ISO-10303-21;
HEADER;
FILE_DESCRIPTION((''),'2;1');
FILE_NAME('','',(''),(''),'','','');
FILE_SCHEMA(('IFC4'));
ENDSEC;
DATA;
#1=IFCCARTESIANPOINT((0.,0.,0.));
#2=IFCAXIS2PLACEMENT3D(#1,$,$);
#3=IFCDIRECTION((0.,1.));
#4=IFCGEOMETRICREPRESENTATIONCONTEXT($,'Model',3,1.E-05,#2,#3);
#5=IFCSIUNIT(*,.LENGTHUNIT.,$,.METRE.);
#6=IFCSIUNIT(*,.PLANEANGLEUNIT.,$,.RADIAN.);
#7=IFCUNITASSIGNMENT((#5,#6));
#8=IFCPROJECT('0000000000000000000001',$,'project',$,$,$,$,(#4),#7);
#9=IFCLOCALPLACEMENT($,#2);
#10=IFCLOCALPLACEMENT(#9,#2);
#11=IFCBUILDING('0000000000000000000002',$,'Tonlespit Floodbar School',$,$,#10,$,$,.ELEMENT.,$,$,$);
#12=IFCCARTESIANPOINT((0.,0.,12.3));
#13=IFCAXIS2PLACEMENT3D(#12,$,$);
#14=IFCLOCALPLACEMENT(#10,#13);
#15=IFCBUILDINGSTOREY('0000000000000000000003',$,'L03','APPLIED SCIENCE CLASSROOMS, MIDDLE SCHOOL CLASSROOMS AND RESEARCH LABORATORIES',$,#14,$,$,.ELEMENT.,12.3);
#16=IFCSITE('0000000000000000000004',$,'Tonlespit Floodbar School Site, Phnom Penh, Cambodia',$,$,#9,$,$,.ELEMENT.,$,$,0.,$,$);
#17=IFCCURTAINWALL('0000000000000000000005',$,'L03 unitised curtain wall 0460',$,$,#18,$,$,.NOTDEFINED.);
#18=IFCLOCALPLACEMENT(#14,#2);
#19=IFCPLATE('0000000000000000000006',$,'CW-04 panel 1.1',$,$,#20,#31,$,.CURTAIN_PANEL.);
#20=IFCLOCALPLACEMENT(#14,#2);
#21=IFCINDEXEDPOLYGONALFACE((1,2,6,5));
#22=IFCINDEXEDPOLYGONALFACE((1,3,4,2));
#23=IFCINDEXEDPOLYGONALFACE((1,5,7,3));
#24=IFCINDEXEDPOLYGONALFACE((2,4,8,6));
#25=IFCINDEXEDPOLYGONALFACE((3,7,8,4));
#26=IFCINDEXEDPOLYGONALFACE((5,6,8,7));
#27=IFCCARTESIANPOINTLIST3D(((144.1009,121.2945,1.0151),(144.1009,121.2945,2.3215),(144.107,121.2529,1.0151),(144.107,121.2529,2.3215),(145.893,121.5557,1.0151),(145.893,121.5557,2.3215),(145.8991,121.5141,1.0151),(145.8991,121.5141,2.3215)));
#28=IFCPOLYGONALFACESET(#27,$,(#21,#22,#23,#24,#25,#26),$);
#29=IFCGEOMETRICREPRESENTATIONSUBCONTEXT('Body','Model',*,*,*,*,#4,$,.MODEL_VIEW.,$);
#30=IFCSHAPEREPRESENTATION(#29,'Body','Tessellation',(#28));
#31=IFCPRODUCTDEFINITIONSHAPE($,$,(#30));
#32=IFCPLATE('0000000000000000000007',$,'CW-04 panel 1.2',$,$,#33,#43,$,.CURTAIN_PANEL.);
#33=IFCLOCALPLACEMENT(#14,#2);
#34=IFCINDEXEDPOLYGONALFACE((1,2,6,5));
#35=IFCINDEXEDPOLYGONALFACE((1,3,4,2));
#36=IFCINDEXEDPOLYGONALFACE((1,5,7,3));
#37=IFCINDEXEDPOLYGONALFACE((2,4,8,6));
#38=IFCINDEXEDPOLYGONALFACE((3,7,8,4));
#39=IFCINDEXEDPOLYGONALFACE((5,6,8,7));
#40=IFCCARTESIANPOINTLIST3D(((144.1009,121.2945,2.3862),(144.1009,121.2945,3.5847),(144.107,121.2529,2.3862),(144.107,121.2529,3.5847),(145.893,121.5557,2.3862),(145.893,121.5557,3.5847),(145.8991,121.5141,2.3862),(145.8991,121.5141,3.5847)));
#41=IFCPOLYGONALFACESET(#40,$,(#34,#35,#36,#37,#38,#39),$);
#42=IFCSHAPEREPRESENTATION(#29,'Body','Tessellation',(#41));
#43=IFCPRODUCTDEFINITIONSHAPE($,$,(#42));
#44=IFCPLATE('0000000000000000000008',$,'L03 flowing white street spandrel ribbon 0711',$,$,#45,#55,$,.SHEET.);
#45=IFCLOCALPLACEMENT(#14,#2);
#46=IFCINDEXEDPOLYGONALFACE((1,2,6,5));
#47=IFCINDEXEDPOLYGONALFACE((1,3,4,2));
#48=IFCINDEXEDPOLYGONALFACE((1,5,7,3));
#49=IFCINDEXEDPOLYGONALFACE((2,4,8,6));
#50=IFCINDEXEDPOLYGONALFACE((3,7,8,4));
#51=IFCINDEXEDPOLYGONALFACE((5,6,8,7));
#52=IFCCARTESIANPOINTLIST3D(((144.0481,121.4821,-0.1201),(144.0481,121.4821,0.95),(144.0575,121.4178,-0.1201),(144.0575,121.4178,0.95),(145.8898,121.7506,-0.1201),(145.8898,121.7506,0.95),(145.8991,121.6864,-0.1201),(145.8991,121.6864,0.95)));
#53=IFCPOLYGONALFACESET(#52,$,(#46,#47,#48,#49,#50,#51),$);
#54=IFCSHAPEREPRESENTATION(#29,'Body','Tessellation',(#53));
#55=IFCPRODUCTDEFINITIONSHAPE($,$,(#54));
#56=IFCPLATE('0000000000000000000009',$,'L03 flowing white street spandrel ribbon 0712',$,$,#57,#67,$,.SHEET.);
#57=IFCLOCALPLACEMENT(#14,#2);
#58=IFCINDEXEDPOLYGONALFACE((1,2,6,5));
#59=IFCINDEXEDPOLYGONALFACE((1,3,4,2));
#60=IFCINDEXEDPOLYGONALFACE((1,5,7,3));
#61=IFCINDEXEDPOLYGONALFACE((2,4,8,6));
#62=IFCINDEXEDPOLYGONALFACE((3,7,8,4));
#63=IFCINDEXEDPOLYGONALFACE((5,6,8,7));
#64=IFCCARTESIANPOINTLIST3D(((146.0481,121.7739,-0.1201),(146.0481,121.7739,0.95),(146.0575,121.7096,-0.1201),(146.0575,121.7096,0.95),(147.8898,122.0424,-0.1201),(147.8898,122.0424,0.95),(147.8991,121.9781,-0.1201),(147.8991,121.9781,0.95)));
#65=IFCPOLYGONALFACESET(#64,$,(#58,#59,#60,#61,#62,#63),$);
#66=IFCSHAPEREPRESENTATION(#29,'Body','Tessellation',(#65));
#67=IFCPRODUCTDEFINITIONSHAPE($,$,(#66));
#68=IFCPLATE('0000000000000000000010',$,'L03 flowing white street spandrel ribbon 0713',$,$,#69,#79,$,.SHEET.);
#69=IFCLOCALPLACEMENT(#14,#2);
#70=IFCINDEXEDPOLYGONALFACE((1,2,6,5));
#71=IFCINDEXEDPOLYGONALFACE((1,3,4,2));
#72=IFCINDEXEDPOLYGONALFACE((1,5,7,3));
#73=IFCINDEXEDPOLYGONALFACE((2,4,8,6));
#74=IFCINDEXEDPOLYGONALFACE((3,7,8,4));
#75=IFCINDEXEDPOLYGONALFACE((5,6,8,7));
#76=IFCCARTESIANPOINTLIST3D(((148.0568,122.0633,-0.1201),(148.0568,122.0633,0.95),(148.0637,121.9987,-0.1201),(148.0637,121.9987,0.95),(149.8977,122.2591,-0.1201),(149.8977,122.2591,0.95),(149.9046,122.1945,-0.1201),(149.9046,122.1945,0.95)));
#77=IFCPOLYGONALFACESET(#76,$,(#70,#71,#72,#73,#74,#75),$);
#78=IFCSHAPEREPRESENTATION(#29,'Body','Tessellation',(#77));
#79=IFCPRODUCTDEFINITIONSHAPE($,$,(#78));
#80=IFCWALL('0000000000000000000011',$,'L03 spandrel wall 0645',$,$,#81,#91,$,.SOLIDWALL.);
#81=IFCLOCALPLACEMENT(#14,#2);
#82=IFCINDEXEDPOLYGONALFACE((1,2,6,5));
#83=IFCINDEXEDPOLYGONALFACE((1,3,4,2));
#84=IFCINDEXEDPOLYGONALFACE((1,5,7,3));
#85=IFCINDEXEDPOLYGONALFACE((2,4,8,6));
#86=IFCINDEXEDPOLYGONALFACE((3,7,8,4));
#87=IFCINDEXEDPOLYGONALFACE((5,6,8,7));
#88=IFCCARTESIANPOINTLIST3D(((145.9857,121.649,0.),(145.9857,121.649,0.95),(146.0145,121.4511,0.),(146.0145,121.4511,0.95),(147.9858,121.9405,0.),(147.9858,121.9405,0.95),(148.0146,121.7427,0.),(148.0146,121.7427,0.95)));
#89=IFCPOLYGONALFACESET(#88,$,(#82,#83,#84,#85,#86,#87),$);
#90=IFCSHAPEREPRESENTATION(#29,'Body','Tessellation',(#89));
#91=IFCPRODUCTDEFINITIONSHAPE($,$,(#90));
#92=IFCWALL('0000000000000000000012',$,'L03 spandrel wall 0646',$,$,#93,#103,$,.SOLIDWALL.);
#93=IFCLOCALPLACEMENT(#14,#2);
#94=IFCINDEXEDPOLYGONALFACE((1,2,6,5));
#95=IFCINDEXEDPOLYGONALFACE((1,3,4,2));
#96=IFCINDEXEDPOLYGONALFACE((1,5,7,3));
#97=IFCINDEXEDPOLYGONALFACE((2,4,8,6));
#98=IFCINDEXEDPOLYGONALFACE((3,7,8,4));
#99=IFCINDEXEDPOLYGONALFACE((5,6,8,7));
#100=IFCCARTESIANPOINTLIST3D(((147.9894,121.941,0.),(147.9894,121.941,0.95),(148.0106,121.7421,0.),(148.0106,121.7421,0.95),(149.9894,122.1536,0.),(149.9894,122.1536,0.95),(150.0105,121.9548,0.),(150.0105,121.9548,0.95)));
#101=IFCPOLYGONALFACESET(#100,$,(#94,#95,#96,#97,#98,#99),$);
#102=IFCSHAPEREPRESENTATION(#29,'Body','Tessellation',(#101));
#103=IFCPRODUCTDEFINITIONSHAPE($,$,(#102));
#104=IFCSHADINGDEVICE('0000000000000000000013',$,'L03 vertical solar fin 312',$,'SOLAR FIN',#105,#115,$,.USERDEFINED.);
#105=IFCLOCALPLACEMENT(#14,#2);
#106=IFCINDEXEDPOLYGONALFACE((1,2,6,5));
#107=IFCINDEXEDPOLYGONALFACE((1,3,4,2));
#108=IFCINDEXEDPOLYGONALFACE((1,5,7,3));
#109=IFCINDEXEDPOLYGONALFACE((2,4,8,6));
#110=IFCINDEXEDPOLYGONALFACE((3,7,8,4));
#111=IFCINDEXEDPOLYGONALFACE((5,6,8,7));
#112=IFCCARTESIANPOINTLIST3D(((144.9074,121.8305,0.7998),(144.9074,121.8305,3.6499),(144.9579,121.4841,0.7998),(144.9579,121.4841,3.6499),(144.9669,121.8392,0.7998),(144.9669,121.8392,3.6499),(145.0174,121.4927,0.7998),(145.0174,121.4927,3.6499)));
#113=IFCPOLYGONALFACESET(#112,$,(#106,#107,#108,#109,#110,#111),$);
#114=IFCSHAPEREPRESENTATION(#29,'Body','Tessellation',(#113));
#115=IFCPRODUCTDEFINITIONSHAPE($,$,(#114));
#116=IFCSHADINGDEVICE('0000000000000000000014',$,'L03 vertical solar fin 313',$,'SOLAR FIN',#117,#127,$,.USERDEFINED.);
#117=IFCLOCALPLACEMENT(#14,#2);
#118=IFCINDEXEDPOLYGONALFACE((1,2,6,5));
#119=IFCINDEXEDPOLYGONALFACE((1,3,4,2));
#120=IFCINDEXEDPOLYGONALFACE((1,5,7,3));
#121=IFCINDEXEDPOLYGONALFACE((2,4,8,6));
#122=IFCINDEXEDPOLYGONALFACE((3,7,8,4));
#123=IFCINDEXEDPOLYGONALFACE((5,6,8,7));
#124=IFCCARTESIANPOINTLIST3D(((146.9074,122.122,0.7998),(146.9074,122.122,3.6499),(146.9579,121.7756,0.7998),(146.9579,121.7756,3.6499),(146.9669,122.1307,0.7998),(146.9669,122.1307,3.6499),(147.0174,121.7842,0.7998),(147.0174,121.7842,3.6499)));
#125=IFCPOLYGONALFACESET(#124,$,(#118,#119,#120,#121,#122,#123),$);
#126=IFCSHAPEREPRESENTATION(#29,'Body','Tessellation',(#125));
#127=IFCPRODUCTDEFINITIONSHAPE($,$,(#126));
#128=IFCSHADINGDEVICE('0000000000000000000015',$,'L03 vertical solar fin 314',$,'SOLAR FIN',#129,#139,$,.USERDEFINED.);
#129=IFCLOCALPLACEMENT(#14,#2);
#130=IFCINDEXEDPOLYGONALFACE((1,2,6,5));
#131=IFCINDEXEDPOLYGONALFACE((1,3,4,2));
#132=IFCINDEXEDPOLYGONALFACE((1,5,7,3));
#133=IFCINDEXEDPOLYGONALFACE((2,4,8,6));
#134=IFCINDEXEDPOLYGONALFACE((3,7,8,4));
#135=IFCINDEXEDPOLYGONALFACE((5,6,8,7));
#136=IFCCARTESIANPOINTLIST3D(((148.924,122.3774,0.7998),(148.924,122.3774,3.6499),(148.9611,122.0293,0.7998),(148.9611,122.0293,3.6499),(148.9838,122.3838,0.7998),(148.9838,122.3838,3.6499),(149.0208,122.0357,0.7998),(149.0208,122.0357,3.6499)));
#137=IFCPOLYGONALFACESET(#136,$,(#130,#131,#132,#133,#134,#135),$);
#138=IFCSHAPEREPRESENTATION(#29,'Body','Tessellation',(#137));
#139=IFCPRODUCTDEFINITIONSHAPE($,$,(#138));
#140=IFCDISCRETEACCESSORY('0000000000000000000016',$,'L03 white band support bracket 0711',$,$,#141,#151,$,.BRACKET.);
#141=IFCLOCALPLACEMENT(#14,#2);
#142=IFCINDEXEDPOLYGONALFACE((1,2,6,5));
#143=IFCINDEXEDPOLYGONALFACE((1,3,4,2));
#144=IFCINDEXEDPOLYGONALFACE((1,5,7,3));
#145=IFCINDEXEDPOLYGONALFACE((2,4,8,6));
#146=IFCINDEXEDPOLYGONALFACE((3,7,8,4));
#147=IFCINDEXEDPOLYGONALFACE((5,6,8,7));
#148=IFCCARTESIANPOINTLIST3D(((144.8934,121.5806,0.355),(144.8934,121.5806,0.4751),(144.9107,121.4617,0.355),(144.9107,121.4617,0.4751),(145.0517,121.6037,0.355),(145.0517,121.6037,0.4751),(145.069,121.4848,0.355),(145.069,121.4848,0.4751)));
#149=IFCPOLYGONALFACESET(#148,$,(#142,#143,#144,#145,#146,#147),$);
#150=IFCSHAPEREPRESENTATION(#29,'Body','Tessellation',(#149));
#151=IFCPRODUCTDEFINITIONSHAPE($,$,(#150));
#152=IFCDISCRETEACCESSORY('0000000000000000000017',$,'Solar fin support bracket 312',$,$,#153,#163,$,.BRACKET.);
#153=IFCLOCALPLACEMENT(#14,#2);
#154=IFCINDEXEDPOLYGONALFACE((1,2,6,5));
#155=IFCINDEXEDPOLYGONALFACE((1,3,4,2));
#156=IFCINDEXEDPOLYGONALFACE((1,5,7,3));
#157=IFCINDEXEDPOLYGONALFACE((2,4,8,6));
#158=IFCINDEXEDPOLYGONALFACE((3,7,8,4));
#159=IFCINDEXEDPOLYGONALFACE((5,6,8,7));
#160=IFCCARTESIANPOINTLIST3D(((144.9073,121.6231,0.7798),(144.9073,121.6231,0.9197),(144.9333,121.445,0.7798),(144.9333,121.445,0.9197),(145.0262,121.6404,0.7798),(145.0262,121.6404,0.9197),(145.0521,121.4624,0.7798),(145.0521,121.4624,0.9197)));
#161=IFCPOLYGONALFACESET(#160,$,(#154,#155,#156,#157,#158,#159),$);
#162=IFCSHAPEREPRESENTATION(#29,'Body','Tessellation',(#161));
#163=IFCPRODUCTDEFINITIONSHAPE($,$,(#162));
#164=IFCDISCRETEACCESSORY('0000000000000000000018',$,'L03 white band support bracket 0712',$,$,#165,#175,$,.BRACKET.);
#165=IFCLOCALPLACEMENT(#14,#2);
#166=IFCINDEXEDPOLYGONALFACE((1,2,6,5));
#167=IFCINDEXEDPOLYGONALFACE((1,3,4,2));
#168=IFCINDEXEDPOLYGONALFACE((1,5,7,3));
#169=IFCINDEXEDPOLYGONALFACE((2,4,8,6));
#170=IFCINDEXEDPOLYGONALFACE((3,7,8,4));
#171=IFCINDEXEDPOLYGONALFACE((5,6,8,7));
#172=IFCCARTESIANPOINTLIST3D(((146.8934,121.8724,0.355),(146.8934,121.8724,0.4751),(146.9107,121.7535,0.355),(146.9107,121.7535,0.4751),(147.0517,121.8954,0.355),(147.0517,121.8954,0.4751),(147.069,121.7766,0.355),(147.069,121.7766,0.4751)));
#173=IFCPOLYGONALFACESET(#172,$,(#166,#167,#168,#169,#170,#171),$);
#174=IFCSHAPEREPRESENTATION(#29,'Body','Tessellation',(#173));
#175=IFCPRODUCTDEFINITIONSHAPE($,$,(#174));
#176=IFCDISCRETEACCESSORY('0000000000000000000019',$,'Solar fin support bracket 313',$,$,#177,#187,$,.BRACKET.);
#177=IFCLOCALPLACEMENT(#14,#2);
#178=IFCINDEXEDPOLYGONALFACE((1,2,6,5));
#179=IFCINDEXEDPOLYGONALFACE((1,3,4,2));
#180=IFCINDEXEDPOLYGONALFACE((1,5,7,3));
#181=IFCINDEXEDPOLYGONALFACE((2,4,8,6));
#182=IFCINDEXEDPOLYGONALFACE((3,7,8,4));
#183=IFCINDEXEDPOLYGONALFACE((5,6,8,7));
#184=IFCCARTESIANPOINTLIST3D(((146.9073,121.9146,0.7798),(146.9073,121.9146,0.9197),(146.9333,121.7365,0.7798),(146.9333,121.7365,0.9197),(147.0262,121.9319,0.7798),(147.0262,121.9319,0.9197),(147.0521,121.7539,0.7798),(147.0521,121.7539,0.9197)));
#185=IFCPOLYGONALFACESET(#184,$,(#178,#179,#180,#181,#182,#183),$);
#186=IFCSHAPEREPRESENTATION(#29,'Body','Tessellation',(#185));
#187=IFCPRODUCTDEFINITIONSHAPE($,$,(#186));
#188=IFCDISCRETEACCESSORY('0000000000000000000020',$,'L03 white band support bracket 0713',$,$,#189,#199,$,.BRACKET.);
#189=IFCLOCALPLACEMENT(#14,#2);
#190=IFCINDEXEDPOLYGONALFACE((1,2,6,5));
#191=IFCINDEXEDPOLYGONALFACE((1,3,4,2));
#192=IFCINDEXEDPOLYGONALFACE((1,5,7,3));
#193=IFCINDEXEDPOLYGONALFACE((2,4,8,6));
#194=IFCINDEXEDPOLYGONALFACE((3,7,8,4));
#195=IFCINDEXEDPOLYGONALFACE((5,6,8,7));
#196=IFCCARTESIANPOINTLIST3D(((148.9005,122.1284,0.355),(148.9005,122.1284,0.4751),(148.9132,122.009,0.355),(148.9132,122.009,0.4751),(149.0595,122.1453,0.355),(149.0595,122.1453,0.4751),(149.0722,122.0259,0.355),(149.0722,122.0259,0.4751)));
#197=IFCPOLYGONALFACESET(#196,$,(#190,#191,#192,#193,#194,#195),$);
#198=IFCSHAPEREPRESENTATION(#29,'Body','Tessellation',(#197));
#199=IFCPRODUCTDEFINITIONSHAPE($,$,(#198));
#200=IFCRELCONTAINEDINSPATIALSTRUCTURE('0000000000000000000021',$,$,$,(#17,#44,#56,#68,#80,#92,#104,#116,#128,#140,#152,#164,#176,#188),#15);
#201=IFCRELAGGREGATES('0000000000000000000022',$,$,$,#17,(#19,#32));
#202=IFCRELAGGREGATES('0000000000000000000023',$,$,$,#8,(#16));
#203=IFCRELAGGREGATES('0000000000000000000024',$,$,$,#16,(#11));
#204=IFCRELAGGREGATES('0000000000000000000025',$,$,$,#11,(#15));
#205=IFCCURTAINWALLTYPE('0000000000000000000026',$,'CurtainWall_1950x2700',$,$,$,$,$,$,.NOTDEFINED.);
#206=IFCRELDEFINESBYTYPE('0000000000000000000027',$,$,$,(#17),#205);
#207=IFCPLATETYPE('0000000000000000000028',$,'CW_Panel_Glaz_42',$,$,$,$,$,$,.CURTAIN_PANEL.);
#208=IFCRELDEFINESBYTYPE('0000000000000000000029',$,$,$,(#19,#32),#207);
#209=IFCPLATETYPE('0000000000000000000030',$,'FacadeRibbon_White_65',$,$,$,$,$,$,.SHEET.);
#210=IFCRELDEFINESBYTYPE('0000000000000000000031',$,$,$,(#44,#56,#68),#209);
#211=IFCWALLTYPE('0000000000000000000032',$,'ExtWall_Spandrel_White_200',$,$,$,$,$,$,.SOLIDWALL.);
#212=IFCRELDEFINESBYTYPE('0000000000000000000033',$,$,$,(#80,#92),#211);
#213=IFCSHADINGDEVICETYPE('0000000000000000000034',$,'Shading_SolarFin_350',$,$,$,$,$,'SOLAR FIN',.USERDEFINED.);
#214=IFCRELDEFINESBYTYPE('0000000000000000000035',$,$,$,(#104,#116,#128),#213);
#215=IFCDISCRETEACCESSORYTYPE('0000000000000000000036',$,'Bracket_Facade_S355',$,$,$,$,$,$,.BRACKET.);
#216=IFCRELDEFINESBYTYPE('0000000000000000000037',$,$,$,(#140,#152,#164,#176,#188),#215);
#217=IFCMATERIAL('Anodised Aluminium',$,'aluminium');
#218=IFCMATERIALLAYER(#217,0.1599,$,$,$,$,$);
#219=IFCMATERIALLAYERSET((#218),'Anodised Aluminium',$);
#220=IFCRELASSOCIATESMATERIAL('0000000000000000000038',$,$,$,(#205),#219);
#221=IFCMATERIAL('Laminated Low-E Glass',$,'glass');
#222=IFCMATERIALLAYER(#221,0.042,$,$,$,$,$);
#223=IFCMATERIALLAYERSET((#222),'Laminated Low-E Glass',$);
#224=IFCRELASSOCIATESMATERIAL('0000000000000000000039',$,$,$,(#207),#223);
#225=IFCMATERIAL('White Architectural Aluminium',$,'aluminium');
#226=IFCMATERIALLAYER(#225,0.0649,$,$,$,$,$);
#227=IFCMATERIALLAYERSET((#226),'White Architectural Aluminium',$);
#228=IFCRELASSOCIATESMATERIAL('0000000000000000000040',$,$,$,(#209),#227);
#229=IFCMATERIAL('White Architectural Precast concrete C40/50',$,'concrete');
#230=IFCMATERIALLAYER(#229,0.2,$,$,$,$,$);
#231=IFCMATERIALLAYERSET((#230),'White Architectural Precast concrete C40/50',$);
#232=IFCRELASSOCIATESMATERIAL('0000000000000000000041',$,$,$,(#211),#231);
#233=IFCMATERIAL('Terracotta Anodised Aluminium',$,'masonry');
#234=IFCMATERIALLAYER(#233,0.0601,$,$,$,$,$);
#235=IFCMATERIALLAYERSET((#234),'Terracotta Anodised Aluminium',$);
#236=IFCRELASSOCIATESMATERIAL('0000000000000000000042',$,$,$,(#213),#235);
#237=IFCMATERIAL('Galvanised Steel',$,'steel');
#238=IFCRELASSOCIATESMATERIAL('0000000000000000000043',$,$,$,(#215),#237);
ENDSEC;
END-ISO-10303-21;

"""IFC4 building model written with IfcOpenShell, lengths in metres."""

from ifc_helpers import new_model, si_unit, direction, frame, frame_2d, origin, origin_2d, place, context, subcontext, project, spatial, rectangle, extrude, material, layer, layer_set, type_object, element, aggregate, save


model = new_model("IFC4")

# Units and contexts
model_context = context("Model", 3, precision=1e-05, world=origin(), true_north=direction((0.0, 1.0)))
body_context = subcontext(model_context, "Body", "Model", "MODEL_VIEW")
ifc_project = project(units=[si_unit("LENGTHUNIT", "METRE"), si_unit("PLANEANGLEUNIT", "RADIAN")], contexts=[model_context])

# Site, building, storey
site_placement = place(None, origin())
site = spatial("IfcSite", under=ifc_project, at=site_placement, Name="Tonlespit Floodbar School Site, Phnom Penh, Cambodia", CompositionType="ELEMENT", RefElevation=0.0)
building_placement = place(site_placement, origin())
building = spatial("IfcBuilding", under=site, at=building_placement, Name="Tonlespit Floodbar School", CompositionType="ELEMENT")
storey_placement = place(building_placement, frame((0.0, 0.0, 12.3)))
storey = spatial("IfcBuildingStorey", under=building, at=storey_placement, Name="L03", Description="APPLIED SCIENCE CLASSROOMS, MIDDLE SCHOOL CLASSROOMS AND RESEARCH LABORATORIES", CompositionType="ELEMENT", Elevation=12.3)

# Curtain wall
ifc_material_1 = material(Name="Anodised Aluminium", Category="aluminium")
ifc_layer_1 = layer(ifc_material_1, 0.1599)
ifc_layer_set_1 = layer_set([ifc_layer_1], Name="Anodised Aluminium")
curtain_wall_type = type_object("IfcCurtainWallType", Name="CurtainWall_1950x2700", PredefinedType="NOTDEFINED", material=ifc_layer_set_1)
curtain_wall_1_placement = place(storey_placement, origin())
curtain_wall_1 = element("IfcCurtainWall", 1, at=curtain_wall_1_placement, inside=storey, type_object=curtain_wall_type, Name="L03 unitised curtain wall 0460", PredefinedType="NOTDEFINED")

# Plates
ifc_material_2 = material(Name="Laminated Low-E Glass", Category="glass")
ifc_layer_2 = layer(ifc_material_2, 0.042)
ifc_layer_set_2 = layer_set([ifc_layer_2], Name="Laminated Low-E Glass")
plate_type_1 = type_object("IfcPlateType", Name="CW_Panel_Glaz_42", PredefinedType="CURTAIN_PANEL", material=ifc_layer_set_2)
plate_1_placement = place(storey_placement, frame((145.0, 121.4043, 1.0151), z_axis=(0.0, 0.0, 1.0), x_axis=(0.989542, 0.144248, 0.0)))
plate_1 = element("IfcPlate", 2, at=plate_1_placement, type_object=plate_type_1, Name="CW-04 panel 1.1", PredefinedType="CURTAIN_PANEL", context=body_context, shape_type="SweptSolid", body=[
    extrude(rectangle(XDim=1.811, YDim=0.042, at=origin_2d()), origin(), (0.0, 0.0, 1.0), 1.3064),
])
plate_2_placement = place(storey_placement, frame((145.0, 121.4043, 2.3862), z_axis=(0.0, 0.0, 1.0), x_axis=(0.989542, 0.144248, 0.0)))
plate_2 = element("IfcPlate", 3, at=plate_2_placement, type_object=plate_type_1, Name="CW-04 panel 1.2", PredefinedType="CURTAIN_PANEL", context=body_context, shape_type="SweptSolid", body=[
    extrude(rectangle(XDim=1.811, YDim=0.042, at=origin_2d()), origin(), (0.0, 0.0, 1.0), 1.1985),
])
aggregate(curtain_wall_1, [plate_1, plate_2])

# Plates
ifc_material_3 = material(Name="White Architectural Aluminium", Category="aluminium")
ifc_layer_3 = layer(ifc_material_3, 0.0649)
ifc_layer_set_3 = layer_set([ifc_layer_3], Name="White Architectural Aluminium")
plate_type_2 = type_object("IfcPlateType", Name="FacadeRibbon_White_65", PredefinedType="SHEET", material=ifc_layer_set_3)
for number, where, z_axis, x_axis, name in (
    (4, (144.9736, 121.5842, -0.1201), (0.0, 0.0, 1.0), (0.989538, 0.144275, 0.0), "L03 flowing white street spandrel ribbon 0711"),
    (5, (146.9736, 121.876, -0.1201), (0.0, 0.0, 1.0), (0.989538, 0.144275, 0.0), "L03 flowing white street spandrel ribbon 0712"),
):
    element("IfcPlate", number, at=place(storey_placement, frame(where, z_axis=z_axis, x_axis=x_axis)), inside=storey, type_object=plate_type_2, Name=name, PredefinedType="SHEET", context=body_context, shape_type="SweptSolid", body=[
        extrude(rectangle(XDim=1.8611, YDim=0.0649, at=origin_2d()), origin(), (0.0, 0.0, 1.0), 1.0701),
    ])
plate_3_placement = place(storey_placement, frame((148.9807, 122.1289, -0.1201), z_axis=(0.0, 0.0, 1.0), x_axis=(0.994392, 0.105754, 0.0)))
element("IfcPlate", 6, at=plate_3_placement, inside=storey, type_object=plate_type_2, Name="L03 flowing white street spandrel ribbon 0713", PredefinedType="SHEET", context=body_context, shape_type="SweptSolid", body=[
    extrude(rectangle(XDim=1.8513, YDim=0.0649, at=origin_2d()), origin(), (0.0, 0.0, 1.0), 1.0701),
])

# Walls
ifc_material_4 = material(Name="White Architectural Precast concrete C40/50", Category="concrete")
ifc_layer_4 = layer(ifc_material_4, 0.2)
ifc_layer_set_4 = layer_set([ifc_layer_4], Name="White Architectural Precast concrete C40/50")
wall_type = type_object("IfcWallType", Name="ExtWall_Spandrel_White_200", PredefinedType="SOLIDWALL", material=ifc_layer_set_4)
wall_1_placement = place(storey_placement, frame((146.0, 121.55, 0.0), z_axis=(0.0, 0.0, 1.0), x_axis=(0.989544, 0.144228, 0.0)))
element("IfcWall", 7, at=wall_1_placement, inside=storey, type_object=wall_type, Name="L03 spandrel wall 0645", PredefinedType="SOLIDWALL", context=body_context, shape_type="SweptSolid", body=[
    extrude(rectangle(XDim=2.0212, YDim=0.2, at=frame_2d((1.0107, 0.0))), origin(), (0.0, 0.0, 1.0), 0.95),
])
wall_2_placement = place(storey_placement, frame((148.0, 121.8416, 0.0), z_axis=(0.0, 0.0, 1.0), x_axis=(0.994395, 0.105727, 0.0)))
element("IfcWall", 8, at=wall_2_placement, inside=storey, type_object=wall_type, Name="L03 spandrel wall 0646", PredefinedType="SOLIDWALL", context=body_context, shape_type="SweptSolid", body=[
    extrude(rectangle(XDim=2.0112, YDim=0.2, at=frame_2d((1.0056, 0.0))), origin(), (0.0, 0.0, 1.0), 0.95),
])

# Shading devices
ifc_material_5 = material(Name="Terracotta Anodised Aluminium", Category="masonry")
ifc_layer_5 = layer(ifc_material_5, 0.0601)
ifc_layer_set_5 = layer_set([ifc_layer_5], Name="Terracotta Anodised Aluminium")
shading_device_type = type_object("IfcShadingDeviceType", Name="Shading_SolarFin_350", ElementType="SOLAR FIN", PredefinedType="USERDEFINED", material=ifc_layer_set_5)
for number, where, z_axis, x_axis, name in (
    (9, (144.9624, 121.6616, 0.7998), (0.0, 0.0, 1.0), (0.989538, 0.144275, 0.0), "L03 vertical solar fin 312"),
    (10, (146.9624, 121.9531, 0.7998), (0.0, 0.0, 1.0), (0.989538, 0.144275, 0.0), "L03 vertical solar fin 313"),
    (11, (148.9724, 122.2065, 0.7998), (0.0, 0.0, 1.0), (0.994392, 0.105754, 0.0), "L03 vertical solar fin 314"),
):
    element("IfcShadingDevice", number, at=place(storey_placement, frame(where, z_axis=z_axis, x_axis=x_axis)), inside=storey, type_object=shading_device_type, Name=name, ObjectType="SOLAR FIN", PredefinedType="USERDEFINED", context=body_context, shape_type="SweptSolid", body=[
        extrude(rectangle(XDim=0.0601, YDim=0.3501, at=origin_2d()), origin(), (0.0, 0.0, 1.0), 2.8501),
    ])

# Discrete accessories
ifc_material_6 = material(Name="Galvanised Steel", Category="steel")
discrete_accessory_type = type_object("IfcDiscreteAccessoryType", Name="Bracket_Facade_S355", PredefinedType="BRACKET", material=ifc_material_6)
discrete_accessory_1_placement = place(storey_placement, frame((144.9812, 121.5327, 0.355), z_axis=(0.0, 0.0, 1.0), x_axis=(0.989538, 0.144275, 0.0)))
element("IfcDiscreteAccessory", 12, at=discrete_accessory_1_placement, inside=storey, type_object=discrete_accessory_type, Name="L03 white band support bracket 0711", PredefinedType="BRACKET", context=body_context, shape_type="SweptSolid", body=[
    extrude(rectangle(XDim=0.1599, YDim=0.1201, at=origin_2d()), origin(), (0.0, 0.0, 1.0), 0.1201),
])
discrete_accessory_2_placement = place(storey_placement, frame((144.9797, 121.5427, 0.7798), z_axis=(0.0, 0.0, 1.0), x_axis=(0.989538, 0.144275, 0.0)))
element("IfcDiscreteAccessory", 13, at=discrete_accessory_2_placement, inside=storey, type_object=discrete_accessory_type, Name="Solar fin support bracket 312", PredefinedType="BRACKET", context=body_context, shape_type="SweptSolid", body=[
    extrude(rectangle(XDim=0.1201, YDim=0.1799, at=origin_2d()), origin(), (0.0, 0.0, 1.0), 0.1399),
])
discrete_accessory_3_placement = place(storey_placement, frame((146.9812, 121.8245, 0.355), z_axis=(0.0, 0.0, 1.0), x_axis=(0.989538, 0.144275, 0.0)))
element("IfcDiscreteAccessory", 14, at=discrete_accessory_3_placement, inside=storey, type_object=discrete_accessory_type, Name="L03 white band support bracket 0712", PredefinedType="BRACKET", context=body_context, shape_type="SweptSolid", body=[
    extrude(rectangle(XDim=0.1599, YDim=0.1201, at=origin_2d()), origin(), (0.0, 0.0, 1.0), 0.1201),
])
discrete_accessory_4_placement = place(storey_placement, frame((146.9797, 121.8342, 0.7798), z_axis=(0.0, 0.0, 1.0), x_axis=(0.989538, 0.144275, 0.0)))
element("IfcDiscreteAccessory", 15, at=discrete_accessory_4_placement, inside=storey, type_object=discrete_accessory_type, Name="Solar fin support bracket 313", PredefinedType="BRACKET", context=body_context, shape_type="SweptSolid", body=[
    extrude(rectangle(XDim=0.1201, YDim=0.1799, at=origin_2d()), origin(), (0.0, 0.0, 1.0), 0.1399),
])
discrete_accessory_5_placement = place(storey_placement, frame((148.9863, 122.0771, 0.355), z_axis=(0.0, 0.0, 1.0), x_axis=(0.994392, 0.105754, 0.0)))
element("IfcDiscreteAccessory", 16, at=discrete_accessory_5_placement, inside=storey, type_object=discrete_accessory_type, Name="L03 white band support bracket 0713", PredefinedType="BRACKET", context=body_context, shape_type="SweptSolid", body=[
    extrude(rectangle(XDim=0.1599, YDim=0.1201, at=origin_2d()), origin(), (0.0, 0.0, 1.0), 0.1201),
])

save(model, "model.ifc")
